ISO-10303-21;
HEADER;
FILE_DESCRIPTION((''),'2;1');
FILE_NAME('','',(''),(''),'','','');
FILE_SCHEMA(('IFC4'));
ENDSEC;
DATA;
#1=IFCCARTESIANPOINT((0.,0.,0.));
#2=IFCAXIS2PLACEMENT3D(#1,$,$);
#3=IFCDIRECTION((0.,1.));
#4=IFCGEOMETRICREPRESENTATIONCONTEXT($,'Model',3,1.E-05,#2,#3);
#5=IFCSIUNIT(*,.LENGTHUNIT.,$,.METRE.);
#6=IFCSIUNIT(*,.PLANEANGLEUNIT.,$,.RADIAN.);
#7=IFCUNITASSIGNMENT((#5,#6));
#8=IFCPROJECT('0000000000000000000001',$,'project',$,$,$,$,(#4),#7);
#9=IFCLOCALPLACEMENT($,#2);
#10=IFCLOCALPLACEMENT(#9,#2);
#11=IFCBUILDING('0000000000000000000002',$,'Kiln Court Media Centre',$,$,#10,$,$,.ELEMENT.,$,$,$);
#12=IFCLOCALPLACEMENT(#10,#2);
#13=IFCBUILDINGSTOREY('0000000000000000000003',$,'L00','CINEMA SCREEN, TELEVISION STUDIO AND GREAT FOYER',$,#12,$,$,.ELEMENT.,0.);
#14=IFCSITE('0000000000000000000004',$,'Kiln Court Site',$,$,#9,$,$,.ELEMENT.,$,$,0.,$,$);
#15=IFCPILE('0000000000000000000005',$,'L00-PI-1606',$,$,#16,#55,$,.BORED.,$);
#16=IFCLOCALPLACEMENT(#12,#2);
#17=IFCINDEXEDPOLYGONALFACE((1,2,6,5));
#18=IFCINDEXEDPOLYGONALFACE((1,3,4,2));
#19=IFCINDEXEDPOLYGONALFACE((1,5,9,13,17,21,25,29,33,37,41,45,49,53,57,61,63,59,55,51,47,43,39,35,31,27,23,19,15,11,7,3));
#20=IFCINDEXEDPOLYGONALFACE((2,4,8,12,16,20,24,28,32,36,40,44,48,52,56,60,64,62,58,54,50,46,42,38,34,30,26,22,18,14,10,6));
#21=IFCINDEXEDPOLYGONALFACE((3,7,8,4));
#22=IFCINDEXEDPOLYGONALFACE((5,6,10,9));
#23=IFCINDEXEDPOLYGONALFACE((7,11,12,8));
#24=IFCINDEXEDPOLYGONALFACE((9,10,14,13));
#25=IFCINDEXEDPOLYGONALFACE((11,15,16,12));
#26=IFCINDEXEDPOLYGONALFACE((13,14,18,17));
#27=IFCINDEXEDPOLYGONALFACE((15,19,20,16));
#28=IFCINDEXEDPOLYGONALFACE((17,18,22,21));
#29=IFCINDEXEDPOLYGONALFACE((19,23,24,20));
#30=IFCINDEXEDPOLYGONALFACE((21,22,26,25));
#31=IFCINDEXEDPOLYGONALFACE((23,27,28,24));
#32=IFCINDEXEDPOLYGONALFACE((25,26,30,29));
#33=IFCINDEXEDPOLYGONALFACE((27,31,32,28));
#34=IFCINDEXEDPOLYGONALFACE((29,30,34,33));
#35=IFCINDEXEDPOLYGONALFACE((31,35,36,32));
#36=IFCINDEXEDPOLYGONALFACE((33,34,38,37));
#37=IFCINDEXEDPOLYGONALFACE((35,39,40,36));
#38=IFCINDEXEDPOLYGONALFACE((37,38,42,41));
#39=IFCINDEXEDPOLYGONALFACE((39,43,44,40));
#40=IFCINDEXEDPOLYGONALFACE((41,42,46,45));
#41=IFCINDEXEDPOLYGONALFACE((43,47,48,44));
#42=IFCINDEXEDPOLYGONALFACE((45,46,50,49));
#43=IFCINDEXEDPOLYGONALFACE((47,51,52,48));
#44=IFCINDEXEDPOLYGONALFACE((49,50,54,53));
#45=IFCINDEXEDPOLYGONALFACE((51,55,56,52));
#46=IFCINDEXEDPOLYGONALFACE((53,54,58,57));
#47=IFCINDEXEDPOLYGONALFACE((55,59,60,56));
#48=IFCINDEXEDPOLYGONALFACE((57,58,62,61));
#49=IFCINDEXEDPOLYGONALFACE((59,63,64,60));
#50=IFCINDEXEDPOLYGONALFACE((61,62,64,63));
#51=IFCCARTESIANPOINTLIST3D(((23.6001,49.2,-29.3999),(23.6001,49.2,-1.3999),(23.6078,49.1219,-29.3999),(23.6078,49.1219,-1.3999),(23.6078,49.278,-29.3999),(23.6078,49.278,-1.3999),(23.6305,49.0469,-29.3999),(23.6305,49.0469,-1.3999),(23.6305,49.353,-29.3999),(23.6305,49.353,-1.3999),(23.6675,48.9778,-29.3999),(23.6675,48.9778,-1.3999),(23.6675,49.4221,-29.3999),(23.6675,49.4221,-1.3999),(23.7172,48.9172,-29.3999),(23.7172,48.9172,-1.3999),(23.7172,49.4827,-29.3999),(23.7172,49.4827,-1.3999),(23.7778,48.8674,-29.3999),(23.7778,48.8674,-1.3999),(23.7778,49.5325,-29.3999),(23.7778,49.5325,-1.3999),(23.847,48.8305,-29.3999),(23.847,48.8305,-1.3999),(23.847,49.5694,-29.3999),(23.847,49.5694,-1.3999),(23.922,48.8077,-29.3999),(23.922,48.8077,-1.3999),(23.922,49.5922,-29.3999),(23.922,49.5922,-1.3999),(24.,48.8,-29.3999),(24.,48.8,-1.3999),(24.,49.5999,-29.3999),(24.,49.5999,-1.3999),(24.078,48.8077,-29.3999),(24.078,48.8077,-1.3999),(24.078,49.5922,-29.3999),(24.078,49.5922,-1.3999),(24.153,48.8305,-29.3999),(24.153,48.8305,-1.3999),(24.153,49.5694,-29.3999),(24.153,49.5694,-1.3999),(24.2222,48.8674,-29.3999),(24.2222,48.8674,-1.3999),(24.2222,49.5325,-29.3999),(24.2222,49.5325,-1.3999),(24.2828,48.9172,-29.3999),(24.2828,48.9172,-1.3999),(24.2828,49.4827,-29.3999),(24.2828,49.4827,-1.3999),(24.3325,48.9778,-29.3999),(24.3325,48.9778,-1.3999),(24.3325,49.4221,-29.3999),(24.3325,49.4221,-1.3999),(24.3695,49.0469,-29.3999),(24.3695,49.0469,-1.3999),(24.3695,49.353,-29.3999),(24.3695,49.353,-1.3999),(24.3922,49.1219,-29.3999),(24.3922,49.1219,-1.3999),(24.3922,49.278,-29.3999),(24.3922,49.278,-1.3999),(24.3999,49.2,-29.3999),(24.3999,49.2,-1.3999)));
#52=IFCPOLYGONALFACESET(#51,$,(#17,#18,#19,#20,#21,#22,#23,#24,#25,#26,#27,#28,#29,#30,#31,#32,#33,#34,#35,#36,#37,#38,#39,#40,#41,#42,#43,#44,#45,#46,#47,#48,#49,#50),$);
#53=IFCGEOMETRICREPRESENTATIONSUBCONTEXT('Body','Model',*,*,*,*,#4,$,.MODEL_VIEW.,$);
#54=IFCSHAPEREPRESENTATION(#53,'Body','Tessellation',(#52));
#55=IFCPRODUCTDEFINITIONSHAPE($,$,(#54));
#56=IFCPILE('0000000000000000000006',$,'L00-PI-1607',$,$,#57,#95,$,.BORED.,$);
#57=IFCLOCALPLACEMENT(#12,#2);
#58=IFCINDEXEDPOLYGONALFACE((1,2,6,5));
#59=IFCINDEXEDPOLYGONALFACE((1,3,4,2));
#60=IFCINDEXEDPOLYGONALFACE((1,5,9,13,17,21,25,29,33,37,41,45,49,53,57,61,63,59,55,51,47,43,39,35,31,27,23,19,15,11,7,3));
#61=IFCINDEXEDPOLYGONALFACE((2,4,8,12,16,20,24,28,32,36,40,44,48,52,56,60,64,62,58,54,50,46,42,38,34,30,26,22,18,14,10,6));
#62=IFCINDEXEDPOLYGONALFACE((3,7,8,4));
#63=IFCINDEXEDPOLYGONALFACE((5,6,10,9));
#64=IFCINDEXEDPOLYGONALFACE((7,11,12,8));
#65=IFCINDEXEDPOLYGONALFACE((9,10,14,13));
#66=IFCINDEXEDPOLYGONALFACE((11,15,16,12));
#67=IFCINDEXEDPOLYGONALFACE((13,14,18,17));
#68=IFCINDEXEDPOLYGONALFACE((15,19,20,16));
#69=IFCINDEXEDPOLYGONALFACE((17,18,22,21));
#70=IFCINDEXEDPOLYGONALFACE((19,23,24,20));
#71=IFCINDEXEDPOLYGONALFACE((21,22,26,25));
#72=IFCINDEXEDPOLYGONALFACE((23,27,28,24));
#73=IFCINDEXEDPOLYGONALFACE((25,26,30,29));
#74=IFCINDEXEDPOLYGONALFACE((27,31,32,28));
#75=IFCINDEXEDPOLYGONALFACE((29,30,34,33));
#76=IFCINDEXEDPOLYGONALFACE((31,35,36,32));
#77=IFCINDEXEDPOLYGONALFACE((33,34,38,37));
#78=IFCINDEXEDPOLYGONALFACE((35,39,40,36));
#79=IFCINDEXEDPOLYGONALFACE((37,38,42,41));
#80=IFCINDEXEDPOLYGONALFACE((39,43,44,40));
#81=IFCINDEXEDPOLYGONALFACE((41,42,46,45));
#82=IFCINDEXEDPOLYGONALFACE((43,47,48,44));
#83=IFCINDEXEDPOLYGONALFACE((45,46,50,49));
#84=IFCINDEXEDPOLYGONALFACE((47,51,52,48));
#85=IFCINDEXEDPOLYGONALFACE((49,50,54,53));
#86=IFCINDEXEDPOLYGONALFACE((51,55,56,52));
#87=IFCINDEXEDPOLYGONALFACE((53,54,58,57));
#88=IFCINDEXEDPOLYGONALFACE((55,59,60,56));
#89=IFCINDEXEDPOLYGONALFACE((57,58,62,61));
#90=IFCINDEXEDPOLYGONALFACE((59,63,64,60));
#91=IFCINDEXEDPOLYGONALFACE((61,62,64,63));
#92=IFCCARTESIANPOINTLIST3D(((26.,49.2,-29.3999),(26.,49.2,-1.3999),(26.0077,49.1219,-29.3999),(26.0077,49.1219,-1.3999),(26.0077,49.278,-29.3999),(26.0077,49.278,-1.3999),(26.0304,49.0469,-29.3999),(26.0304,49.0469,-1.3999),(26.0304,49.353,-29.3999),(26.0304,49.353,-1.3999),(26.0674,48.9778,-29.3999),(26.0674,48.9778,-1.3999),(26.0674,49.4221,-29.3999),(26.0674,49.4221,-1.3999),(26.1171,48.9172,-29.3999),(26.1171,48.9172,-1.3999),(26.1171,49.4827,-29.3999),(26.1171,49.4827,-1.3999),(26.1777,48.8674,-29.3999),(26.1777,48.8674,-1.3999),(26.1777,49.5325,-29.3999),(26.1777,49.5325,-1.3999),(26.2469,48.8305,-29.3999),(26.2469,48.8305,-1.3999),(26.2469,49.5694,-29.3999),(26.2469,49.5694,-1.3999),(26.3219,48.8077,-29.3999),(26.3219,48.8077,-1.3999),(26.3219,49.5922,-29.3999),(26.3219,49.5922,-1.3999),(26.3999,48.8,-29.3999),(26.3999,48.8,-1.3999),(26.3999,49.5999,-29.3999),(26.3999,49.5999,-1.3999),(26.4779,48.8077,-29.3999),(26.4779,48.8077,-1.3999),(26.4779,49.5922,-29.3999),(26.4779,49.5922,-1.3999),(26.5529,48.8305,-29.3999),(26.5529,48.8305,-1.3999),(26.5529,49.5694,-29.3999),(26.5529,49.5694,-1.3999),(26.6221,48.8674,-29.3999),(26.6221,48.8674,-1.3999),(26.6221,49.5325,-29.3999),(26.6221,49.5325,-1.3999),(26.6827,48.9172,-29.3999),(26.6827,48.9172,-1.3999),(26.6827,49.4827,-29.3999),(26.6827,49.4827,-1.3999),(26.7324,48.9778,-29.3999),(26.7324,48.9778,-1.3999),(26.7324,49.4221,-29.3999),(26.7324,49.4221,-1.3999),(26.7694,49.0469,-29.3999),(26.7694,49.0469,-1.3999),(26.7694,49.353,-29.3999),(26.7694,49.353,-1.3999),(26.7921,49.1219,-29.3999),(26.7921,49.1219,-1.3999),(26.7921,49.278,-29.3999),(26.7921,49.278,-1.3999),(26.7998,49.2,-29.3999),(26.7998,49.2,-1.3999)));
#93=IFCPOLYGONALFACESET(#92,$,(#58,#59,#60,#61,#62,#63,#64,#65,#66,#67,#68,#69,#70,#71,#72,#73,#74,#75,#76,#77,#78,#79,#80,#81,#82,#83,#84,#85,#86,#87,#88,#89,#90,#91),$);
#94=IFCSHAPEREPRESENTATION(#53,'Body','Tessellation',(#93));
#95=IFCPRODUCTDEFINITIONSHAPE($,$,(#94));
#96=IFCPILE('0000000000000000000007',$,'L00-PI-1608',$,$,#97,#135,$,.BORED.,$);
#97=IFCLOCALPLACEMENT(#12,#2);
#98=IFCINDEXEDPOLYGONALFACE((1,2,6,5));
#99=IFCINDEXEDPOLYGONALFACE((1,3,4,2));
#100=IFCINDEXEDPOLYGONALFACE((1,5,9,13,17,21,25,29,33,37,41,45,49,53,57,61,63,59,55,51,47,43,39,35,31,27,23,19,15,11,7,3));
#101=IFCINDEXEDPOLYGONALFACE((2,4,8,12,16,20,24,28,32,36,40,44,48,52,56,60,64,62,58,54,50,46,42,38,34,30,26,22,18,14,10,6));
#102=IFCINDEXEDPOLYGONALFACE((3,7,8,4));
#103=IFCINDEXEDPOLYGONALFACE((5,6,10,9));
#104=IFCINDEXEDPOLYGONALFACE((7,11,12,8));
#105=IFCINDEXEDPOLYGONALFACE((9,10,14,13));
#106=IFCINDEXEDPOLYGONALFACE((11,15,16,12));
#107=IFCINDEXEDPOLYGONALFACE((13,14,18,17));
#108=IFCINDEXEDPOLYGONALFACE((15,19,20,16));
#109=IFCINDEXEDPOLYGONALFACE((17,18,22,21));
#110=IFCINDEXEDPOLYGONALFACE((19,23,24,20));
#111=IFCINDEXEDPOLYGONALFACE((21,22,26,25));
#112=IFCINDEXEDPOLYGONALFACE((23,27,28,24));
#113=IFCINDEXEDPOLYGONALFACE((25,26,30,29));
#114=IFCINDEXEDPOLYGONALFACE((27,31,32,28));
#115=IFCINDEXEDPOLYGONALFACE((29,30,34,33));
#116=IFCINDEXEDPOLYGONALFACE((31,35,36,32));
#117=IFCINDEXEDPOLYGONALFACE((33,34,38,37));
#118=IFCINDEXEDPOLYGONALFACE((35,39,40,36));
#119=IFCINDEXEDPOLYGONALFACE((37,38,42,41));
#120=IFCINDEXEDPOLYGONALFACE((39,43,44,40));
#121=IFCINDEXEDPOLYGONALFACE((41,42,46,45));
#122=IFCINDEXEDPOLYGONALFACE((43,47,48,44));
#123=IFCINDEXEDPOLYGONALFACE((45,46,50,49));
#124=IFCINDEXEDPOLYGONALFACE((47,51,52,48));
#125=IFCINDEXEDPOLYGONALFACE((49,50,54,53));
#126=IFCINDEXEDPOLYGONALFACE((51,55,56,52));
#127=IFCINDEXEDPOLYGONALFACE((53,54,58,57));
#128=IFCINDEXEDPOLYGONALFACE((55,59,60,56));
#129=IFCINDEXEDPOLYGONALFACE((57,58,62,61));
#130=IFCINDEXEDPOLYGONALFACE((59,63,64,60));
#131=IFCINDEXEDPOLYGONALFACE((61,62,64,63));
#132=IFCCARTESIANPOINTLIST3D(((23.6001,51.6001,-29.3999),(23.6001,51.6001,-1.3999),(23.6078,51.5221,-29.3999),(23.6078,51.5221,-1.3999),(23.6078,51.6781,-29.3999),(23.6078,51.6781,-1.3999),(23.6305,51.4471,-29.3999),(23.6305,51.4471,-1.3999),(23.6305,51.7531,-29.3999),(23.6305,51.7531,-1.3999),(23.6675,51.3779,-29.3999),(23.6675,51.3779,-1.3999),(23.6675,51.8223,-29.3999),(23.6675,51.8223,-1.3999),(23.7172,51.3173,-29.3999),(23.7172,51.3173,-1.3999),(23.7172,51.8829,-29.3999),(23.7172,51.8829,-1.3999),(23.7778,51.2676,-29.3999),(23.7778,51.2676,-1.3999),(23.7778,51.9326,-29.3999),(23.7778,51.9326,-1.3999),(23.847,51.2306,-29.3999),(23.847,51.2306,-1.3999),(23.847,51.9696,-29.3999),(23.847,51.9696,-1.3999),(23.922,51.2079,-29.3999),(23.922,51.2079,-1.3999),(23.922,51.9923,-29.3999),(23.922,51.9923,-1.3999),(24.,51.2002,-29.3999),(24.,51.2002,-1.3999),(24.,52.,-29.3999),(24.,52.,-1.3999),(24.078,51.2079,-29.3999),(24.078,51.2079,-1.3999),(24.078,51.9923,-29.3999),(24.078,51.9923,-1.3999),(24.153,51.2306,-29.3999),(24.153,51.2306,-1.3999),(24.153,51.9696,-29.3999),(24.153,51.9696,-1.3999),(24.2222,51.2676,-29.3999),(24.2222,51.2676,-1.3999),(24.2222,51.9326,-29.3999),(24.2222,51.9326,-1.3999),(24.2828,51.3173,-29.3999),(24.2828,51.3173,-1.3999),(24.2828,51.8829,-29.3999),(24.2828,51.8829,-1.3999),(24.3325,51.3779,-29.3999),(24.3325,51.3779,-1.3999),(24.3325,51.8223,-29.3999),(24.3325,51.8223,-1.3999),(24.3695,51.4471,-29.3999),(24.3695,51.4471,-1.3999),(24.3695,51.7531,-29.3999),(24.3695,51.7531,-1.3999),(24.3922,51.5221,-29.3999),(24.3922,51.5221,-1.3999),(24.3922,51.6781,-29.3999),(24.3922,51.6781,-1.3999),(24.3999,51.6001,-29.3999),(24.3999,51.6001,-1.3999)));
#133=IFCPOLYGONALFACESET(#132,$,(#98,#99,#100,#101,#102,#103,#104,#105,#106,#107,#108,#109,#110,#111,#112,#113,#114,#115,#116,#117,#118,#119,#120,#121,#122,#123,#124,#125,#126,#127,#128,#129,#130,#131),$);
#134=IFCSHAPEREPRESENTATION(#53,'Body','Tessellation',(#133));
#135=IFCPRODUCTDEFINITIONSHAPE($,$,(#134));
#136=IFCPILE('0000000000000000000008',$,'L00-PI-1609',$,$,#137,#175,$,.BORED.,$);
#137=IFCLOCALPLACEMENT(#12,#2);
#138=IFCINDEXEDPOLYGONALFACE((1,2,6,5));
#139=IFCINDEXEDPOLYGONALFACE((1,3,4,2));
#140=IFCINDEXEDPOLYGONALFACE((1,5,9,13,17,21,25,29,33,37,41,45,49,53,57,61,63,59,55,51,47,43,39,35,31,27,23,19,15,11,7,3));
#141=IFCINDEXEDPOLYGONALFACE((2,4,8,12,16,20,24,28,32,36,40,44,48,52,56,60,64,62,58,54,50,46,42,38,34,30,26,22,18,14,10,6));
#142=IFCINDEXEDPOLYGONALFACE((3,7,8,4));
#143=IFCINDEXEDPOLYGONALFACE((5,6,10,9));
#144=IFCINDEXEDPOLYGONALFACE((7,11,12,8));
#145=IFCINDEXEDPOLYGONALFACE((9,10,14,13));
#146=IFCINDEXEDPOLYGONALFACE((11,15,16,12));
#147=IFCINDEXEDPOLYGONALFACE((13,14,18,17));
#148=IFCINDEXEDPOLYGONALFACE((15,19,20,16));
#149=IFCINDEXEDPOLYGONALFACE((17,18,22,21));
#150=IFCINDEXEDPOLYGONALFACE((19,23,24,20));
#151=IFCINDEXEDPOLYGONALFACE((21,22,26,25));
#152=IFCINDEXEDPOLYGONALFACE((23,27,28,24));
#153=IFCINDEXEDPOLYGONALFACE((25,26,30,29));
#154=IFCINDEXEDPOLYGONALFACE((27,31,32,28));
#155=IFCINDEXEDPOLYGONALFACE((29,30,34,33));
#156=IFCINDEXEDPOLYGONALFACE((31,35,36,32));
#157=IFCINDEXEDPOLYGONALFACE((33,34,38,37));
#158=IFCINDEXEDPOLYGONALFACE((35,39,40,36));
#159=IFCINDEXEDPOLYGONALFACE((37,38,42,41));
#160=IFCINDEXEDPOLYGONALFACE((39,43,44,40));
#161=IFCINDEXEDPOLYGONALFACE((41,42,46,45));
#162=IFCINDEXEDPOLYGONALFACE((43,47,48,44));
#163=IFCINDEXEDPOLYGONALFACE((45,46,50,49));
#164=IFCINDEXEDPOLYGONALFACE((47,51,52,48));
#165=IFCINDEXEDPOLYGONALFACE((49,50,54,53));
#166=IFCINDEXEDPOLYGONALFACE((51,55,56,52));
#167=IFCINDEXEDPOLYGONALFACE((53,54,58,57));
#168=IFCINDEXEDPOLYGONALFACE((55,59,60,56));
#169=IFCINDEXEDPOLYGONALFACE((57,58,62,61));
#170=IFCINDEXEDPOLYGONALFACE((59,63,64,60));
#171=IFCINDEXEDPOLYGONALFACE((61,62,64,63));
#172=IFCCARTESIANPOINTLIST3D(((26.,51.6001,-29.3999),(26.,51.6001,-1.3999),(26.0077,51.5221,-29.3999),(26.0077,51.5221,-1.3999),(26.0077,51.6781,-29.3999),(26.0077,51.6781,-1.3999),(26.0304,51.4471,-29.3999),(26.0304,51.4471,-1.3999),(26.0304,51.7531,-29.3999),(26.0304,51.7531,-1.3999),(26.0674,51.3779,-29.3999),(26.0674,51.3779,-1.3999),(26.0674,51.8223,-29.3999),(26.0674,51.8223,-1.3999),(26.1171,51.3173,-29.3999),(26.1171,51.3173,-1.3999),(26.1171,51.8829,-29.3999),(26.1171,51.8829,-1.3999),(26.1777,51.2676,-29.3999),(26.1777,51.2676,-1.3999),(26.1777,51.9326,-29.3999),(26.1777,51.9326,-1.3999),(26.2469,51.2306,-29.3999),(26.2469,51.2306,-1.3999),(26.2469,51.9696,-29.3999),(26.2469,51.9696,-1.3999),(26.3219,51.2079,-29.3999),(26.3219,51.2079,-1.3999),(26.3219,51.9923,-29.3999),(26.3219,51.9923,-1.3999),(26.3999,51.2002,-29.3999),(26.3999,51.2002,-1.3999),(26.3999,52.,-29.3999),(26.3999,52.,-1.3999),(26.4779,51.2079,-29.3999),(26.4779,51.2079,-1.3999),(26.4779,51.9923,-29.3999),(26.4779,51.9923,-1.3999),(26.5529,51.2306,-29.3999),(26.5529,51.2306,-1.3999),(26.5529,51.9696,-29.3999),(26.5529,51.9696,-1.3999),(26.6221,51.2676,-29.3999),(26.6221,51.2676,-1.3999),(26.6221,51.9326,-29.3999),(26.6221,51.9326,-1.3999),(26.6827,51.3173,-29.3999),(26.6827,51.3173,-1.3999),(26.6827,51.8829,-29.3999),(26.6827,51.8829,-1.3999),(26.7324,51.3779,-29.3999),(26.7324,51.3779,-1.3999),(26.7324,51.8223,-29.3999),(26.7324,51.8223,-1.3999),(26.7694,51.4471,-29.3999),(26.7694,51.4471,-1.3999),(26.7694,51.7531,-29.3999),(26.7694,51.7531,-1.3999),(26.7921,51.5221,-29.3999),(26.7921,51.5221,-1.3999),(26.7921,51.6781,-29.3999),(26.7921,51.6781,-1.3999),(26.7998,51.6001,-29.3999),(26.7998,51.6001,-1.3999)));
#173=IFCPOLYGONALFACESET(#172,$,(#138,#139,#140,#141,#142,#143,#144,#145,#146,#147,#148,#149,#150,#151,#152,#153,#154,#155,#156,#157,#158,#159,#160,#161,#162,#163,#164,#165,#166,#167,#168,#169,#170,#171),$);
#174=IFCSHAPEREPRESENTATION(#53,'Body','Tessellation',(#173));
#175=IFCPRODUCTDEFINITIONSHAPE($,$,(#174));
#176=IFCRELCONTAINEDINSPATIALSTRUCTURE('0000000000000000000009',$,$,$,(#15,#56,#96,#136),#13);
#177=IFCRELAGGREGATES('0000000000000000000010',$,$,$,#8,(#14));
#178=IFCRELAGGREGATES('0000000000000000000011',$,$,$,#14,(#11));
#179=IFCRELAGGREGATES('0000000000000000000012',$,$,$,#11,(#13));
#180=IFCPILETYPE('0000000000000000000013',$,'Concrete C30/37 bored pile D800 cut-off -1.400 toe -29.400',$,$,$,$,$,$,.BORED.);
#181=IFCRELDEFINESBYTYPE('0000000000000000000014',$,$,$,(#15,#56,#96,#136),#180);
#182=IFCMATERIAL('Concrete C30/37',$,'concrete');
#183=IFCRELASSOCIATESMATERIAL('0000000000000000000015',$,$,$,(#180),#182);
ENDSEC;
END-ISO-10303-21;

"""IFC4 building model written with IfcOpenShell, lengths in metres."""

from ifc_helpers import new_model, si_unit, direction, frame, origin, origin_2d, place, context, subcontext, project, spatial, circle, extrude, material, material_profile, profile_set, type_object, element, save


model = new_model("IFC4")

# Units and contexts
model_context = context("Model", 3, precision=1e-05, world=origin(), true_north=direction((0.0, 1.0)))
body_context = subcontext(model_context, "Body", "Model", "MODEL_VIEW")
ifc_project = project(units=[si_unit("LENGTHUNIT", "METRE"), si_unit("PLANEANGLEUNIT", "RADIAN")], contexts=[model_context])

# Site, building, storey
site_placement = place(None, origin())
site = spatial("IfcSite", under=ifc_project, at=site_placement, Name="Kiln Court Site", CompositionType="ELEMENT", RefElevation=0.0)
building_placement = place(site_placement, origin())
building = spatial("IfcBuilding", under=site, at=building_placement, Name="Kiln Court Media Centre", CompositionType="ELEMENT")
storey_placement = place(building_placement, origin())
storey = spatial("IfcBuildingStorey", under=building, at=storey_placement, Name="L00", Description="CINEMA SCREEN, TELEVISION STUDIO AND GREAT FOYER", CompositionType="ELEMENT", Elevation=0.0)

# Piles
ifc_material_1 = material(Name="Concrete C30/37", Category="concrete")
ifc_material_profile_1 = material_profile(ifc_material_1, circle(Radius=0.3999, at=origin_2d()), Name="PILE D800")
ifc_profile_set_1 = profile_set([ifc_material_profile_1], Name="Concrete C30/37")
pile_type_1 = type_object("IfcPileType", Name="Concrete C30/37 bored pile D800 cut-off -1.400 toe -29.400", PredefinedType="BORED", material=ifc_profile_set_1)
for number, where, z_axis, x_axis, name in (
    (1, (24.0, 49.2, -1.3999), (0.0, 0.0, -1.0), (1.0, 0.0, 0.0), "L00-PI-1606"),
    (2, (26.3999, 49.2, -1.3999), (0.0, 0.0, -1.0), (1.0, 0.0, 0.0), "L00-PI-1607"),
    (3, (24.0, 51.6001, -1.3999), (0.0, 0.0, -1.0), (1.0, 0.0, 0.0), "L00-PI-1608"),
    (4, (26.3999, 51.6001, -1.3999), (0.0, 0.0, -1.0), (1.0, 0.0, 0.0), "L00-PI-1609"),
):
    element("IfcPile", number, at=place(storey_placement, frame(where, z_axis=z_axis, x_axis=x_axis)), inside=storey, type_object=pile_type_1, Name=name, PredefinedType="BORED", context=body_context, shape_type="SweptSolid", body=[
        extrude(circle(Radius=0.3999, at=origin_2d()), origin(), (0.0, 0.0, 1.0), 28.0),
    ])

save(model, "model.ifc")
